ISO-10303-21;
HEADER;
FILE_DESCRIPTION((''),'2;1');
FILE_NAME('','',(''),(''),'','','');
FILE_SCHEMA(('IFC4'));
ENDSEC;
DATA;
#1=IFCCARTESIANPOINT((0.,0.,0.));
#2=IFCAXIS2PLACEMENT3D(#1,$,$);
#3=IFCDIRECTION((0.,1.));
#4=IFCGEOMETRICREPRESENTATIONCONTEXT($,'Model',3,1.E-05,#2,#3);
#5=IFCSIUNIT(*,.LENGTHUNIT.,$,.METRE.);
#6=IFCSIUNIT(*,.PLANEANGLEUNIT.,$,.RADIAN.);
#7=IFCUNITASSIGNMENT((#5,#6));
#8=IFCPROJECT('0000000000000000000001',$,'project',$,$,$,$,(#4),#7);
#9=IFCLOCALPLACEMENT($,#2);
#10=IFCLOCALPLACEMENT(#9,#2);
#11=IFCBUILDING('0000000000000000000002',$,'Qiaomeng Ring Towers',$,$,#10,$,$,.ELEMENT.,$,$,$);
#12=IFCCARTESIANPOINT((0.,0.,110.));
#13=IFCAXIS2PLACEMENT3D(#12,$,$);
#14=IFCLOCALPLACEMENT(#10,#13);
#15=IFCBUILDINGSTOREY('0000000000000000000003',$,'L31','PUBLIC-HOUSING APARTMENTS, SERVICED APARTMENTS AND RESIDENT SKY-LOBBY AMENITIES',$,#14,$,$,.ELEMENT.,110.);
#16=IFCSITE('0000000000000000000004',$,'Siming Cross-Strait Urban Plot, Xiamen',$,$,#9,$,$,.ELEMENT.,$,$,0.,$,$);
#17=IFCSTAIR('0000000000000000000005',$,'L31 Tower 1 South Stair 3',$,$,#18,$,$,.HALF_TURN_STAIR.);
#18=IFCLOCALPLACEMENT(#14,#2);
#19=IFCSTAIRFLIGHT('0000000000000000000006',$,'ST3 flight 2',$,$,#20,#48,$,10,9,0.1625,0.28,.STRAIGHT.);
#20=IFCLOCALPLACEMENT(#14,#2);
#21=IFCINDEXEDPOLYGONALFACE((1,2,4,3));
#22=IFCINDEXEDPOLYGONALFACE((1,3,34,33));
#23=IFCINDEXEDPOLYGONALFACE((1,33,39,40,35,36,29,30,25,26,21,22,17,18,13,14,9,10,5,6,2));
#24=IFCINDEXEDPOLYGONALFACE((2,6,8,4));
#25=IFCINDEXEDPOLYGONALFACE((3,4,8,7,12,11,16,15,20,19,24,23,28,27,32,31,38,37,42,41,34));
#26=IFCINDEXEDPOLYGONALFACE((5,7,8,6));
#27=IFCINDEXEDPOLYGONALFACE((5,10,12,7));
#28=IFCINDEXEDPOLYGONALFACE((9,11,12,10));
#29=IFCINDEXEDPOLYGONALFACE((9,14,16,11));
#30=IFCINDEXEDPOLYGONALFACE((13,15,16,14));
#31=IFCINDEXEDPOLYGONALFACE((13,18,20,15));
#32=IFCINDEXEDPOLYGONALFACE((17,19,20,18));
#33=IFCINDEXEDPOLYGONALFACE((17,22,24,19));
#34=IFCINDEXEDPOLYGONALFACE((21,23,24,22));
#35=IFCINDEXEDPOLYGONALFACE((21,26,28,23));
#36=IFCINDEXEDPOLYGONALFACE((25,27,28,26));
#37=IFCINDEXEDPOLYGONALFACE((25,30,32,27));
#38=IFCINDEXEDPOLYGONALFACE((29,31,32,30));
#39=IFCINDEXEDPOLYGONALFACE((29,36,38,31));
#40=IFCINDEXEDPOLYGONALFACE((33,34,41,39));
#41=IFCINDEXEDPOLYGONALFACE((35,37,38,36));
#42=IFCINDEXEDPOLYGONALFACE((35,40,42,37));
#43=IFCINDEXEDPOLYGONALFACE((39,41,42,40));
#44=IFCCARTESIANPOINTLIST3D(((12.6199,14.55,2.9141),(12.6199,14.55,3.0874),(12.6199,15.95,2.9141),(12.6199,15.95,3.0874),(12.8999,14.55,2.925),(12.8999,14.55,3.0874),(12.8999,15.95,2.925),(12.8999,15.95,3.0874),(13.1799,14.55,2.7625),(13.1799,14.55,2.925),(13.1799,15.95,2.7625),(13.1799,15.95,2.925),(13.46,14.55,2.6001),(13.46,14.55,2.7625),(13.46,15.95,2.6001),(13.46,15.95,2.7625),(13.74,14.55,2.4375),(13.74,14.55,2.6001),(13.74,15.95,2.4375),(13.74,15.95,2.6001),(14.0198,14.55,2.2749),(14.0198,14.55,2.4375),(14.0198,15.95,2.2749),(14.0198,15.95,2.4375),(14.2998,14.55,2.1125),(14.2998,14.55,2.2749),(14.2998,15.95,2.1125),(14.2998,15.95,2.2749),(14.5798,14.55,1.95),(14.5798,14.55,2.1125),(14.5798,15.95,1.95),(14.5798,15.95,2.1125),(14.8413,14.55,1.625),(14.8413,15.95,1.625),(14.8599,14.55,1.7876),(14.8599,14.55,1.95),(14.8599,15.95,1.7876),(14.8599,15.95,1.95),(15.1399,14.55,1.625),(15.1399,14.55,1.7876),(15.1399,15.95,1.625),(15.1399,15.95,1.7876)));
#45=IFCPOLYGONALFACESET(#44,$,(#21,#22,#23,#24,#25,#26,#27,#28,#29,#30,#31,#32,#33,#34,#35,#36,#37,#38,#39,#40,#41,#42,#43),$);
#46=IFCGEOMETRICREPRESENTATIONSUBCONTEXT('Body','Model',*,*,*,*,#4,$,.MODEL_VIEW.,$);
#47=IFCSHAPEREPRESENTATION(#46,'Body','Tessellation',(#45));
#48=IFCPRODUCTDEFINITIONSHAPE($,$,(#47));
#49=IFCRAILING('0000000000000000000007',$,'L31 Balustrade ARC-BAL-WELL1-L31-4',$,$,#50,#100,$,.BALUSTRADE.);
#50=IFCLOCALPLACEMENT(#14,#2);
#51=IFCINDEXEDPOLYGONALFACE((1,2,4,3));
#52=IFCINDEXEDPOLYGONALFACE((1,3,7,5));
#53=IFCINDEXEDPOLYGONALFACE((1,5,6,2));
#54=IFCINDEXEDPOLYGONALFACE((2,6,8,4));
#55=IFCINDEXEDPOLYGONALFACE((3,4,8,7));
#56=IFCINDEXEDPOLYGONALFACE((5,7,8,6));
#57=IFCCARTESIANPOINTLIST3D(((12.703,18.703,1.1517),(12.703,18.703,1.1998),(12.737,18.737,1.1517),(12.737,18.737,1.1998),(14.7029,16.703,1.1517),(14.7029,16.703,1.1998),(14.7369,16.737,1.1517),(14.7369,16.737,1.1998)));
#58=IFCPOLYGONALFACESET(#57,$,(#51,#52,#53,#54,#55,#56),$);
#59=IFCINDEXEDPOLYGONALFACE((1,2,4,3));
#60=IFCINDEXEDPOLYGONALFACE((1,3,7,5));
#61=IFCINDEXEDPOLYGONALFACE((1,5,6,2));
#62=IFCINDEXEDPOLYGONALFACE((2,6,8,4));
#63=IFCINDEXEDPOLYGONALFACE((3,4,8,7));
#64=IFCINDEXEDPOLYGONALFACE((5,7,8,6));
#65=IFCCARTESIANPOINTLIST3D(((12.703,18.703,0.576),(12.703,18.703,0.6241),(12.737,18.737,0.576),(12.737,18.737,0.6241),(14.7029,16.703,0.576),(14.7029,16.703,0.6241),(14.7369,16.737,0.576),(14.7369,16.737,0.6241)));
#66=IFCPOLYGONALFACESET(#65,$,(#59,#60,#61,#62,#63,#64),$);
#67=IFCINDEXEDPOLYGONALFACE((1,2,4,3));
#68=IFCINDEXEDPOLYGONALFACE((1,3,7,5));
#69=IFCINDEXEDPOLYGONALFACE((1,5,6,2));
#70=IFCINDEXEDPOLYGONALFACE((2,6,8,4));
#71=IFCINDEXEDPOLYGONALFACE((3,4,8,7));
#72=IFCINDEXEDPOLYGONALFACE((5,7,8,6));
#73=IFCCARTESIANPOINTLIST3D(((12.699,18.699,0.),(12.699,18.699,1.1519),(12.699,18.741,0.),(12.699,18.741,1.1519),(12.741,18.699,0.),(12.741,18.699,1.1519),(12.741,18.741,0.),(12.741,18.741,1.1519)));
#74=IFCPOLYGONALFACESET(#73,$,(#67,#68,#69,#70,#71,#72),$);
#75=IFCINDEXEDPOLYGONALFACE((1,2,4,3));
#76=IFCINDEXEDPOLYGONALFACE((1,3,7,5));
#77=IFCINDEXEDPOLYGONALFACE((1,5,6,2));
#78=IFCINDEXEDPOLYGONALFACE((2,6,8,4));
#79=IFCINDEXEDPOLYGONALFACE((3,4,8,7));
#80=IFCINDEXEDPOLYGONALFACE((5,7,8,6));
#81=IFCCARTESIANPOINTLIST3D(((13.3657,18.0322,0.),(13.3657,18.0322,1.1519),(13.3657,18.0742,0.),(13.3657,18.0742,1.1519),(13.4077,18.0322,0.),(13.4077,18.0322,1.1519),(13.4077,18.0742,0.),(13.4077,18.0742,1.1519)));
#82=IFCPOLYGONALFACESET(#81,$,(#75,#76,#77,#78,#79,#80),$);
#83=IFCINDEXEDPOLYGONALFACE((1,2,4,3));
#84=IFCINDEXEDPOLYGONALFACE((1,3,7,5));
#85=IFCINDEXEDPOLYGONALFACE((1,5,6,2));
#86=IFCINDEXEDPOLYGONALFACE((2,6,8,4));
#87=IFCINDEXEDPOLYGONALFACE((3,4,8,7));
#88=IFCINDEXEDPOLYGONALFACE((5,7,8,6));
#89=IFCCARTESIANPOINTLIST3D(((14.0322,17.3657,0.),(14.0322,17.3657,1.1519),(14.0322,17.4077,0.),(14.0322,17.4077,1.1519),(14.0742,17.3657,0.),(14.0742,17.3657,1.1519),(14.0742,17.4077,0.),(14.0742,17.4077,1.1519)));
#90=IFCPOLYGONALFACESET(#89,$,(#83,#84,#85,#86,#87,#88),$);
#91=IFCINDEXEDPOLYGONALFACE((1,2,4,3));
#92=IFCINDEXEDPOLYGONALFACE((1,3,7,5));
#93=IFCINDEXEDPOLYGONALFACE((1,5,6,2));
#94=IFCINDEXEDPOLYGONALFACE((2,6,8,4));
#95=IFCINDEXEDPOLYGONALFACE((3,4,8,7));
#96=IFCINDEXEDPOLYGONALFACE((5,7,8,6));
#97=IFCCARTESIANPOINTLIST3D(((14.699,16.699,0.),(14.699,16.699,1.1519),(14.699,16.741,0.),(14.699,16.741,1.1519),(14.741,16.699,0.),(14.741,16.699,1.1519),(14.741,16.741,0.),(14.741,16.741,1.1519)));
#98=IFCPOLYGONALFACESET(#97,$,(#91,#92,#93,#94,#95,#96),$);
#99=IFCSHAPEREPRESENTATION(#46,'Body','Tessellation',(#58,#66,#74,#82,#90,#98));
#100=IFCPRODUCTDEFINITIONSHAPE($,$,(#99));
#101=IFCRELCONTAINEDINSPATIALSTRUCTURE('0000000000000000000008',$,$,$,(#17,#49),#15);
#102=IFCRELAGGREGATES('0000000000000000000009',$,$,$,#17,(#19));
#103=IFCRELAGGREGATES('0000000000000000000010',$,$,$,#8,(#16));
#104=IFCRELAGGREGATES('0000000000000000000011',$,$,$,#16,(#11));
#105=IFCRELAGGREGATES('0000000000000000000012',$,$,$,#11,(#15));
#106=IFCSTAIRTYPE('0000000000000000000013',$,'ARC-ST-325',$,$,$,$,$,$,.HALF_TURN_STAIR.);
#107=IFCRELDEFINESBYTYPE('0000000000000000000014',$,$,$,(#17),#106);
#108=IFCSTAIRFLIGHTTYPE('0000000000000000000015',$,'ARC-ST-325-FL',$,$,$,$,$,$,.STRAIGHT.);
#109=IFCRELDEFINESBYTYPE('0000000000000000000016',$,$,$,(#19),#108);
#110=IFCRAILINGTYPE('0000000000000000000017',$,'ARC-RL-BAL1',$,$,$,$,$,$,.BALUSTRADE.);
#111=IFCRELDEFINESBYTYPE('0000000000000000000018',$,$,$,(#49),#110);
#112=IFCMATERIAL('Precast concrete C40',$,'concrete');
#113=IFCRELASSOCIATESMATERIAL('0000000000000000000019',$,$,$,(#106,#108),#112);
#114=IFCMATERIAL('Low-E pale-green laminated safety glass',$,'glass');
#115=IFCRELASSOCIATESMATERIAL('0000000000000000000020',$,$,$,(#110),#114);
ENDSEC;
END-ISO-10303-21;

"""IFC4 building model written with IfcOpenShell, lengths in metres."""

from ifc_helpers import new_model, si_unit, direction, frame, origin, origin_2d, place, context, subcontext, project, spatial, polyline, rectangle, outline, extrude, source, transform, mapped, material, type_object, element, aggregate, save


model = new_model("IFC4")

# Units and contexts
model_context = context("Model", 3, precision=1e-05, world=origin(), true_north=direction((0.0, 1.0)))
body_context = subcontext(model_context, "Body", "Model", "MODEL_VIEW")
ifc_project = project(units=[si_unit("LENGTHUNIT", "METRE"), si_unit("PLANEANGLEUNIT", "RADIAN")], contexts=[model_context])

# Site, building, storey
site_placement = place(None, origin())
site = spatial("IfcSite", under=ifc_project, at=site_placement, Name="Siming Cross-Strait Urban Plot, Xiamen", CompositionType="ELEMENT", RefElevation=0.0)
building_placement = place(site_placement, origin())
building = spatial("IfcBuilding", under=site, at=building_placement, Name="Qiaomeng Ring Towers", CompositionType="ELEMENT")
storey_placement = place(building_placement, frame((0.0, 0.0, 110.0)))
storey = spatial("IfcBuildingStorey", under=building, at=storey_placement, Name="L31", Description="PUBLIC-HOUSING APARTMENTS, SERVICED APARTMENTS AND RESIDENT SKY-LOBBY AMENITIES", CompositionType="ELEMENT", Elevation=110.0)

# Stair, stair flight
ifc_material_1 = material(Name="Precast concrete C40", Category="concrete")
stair_type = type_object("IfcStairType", Name="ARC-ST-325", PredefinedType="HALF_TURN_STAIR", material=ifc_material_1)
stair_placement = place(storey_placement, origin())
stair = element("IfcStair", 1, at=stair_placement, inside=storey, type_object=stair_type, Name="L31 Tower 1 South Stair 3", PredefinedType="HALF_TURN_STAIR")
stair_flight_type = type_object("IfcStairFlightType", Name="ARC-ST-325-FL", PredefinedType="STRAIGHT", material=ifc_material_1)
shared_shape_1 = source(origin(), body_context, "Body", "SweptSolid", [
    extrude(outline(polyline([(0.0, 0.0), (0.0, 0.1626), (0.28, 0.1626), (0.28, 0.325), (0.5601, 0.325), (0.5601, 0.4875), (0.8401, 0.4875), (0.8401, 0.6499), (1.1201, 0.6499), (1.1201, 0.8125), (1.3999, 0.8125), (1.3999, 0.9751), (1.6799, 0.9751), (1.6799, 1.1375), (1.96, 1.1375), (1.96, 1.3), (2.24, 1.3), (2.24, 1.4624), (2.52, 1.4624), (2.52, 1.625), (2.52, 1.2891), (0.2986, 0.0), (0.0, 0.0)])), frame((0.0, 0.7, 0.0), z_axis=(0.0, -1.0, 0.0), x_axis=(1.0, 0.0, 0.0)), (0.0, 0.0, 1.0), 1.3999),
])
stair_flight_placement = place(storey_placement, frame((15.1399, 15.25, 1.625), z_axis=(0.0, 0.0, 1.0), x_axis=(-1.0, 0.0, 0.0)))
stair_flight = element("IfcStairFlight", 2, at=stair_flight_placement, type_object=stair_flight_type, Name="ST3 flight 2", NumberOfRisers=10, NumberOfTreads=9, PredefinedType="STRAIGHT", RiserHeight=0.1625, TreadLength=0.28, context=body_context, shape_type="MappedRepresentation", body=[
    mapped(shared_shape_1, transform((0.0, 0.0, 0.0), x_axis=(1.0, 0.0, 0.0), y_axis=(0.0, 1.0, 0.0), z_axis=(0.0, 0.0, 1.0), scale=1.0)),
])
aggregate(stair, [stair_flight])

# Railing
ifc_material_2 = material(Name="Low-E pale-green laminated safety glass", Category="glass")
railing_type_1 = type_object("IfcRailingType", Name="ARC-RL-BAL1", PredefinedType="BALUSTRADE", material=ifc_material_2)
railing_1_placement = place(storey_placement, frame((12.72, 18.72, 0.0)))
element("IfcRailing", 3, at=railing_1_placement, inside=storey, type_object=railing_type_1, Name="L31 Balustrade ARC-BAL-WELL1-L31-4", PredefinedType="BALUSTRADE", context=body_context, shape_type="SweptSolid", body=[
    extrude(rectangle(XDim=0.0481, YDim=0.0481, at=origin_2d()), frame((0.0, 0.0, 1.1758), z_axis=(0.707107, -0.707107, 0.0), x_axis=(0.707107, 0.707107, 0.0)), (0.0, 0.0, 1.0), 2.8284),
    extrude(rectangle(XDim=0.0481, YDim=0.0481, at=origin_2d()), frame((0.0, 0.0, 0.6001), z_axis=(0.707107, -0.707107, 0.0), x_axis=(0.707107, 0.707107, 0.0)), (0.0, 0.0, 1.0), 2.8284),
    extrude(rectangle(XDim=0.042, YDim=0.042, at=origin_2d()), origin(), (0.0, 0.0, 1.0), 1.1519),
    extrude(rectangle(XDim=0.042, YDim=0.042, at=origin_2d()), frame((0.6667, -0.6667, 0.0)), (0.0, 0.0, 1.0), 1.1519),
    extrude(rectangle(XDim=0.042, YDim=0.042, at=origin_2d()), frame((1.3333, -1.3333, 0.0)), (0.0, 0.0, 1.0), 1.1519),
    extrude(rectangle(XDim=0.042, YDim=0.042, at=origin_2d()), frame((2.0, -2.0, 0.0)), (0.0, 0.0, 1.0), 1.1519),
])

save(model, "model.ifc")
